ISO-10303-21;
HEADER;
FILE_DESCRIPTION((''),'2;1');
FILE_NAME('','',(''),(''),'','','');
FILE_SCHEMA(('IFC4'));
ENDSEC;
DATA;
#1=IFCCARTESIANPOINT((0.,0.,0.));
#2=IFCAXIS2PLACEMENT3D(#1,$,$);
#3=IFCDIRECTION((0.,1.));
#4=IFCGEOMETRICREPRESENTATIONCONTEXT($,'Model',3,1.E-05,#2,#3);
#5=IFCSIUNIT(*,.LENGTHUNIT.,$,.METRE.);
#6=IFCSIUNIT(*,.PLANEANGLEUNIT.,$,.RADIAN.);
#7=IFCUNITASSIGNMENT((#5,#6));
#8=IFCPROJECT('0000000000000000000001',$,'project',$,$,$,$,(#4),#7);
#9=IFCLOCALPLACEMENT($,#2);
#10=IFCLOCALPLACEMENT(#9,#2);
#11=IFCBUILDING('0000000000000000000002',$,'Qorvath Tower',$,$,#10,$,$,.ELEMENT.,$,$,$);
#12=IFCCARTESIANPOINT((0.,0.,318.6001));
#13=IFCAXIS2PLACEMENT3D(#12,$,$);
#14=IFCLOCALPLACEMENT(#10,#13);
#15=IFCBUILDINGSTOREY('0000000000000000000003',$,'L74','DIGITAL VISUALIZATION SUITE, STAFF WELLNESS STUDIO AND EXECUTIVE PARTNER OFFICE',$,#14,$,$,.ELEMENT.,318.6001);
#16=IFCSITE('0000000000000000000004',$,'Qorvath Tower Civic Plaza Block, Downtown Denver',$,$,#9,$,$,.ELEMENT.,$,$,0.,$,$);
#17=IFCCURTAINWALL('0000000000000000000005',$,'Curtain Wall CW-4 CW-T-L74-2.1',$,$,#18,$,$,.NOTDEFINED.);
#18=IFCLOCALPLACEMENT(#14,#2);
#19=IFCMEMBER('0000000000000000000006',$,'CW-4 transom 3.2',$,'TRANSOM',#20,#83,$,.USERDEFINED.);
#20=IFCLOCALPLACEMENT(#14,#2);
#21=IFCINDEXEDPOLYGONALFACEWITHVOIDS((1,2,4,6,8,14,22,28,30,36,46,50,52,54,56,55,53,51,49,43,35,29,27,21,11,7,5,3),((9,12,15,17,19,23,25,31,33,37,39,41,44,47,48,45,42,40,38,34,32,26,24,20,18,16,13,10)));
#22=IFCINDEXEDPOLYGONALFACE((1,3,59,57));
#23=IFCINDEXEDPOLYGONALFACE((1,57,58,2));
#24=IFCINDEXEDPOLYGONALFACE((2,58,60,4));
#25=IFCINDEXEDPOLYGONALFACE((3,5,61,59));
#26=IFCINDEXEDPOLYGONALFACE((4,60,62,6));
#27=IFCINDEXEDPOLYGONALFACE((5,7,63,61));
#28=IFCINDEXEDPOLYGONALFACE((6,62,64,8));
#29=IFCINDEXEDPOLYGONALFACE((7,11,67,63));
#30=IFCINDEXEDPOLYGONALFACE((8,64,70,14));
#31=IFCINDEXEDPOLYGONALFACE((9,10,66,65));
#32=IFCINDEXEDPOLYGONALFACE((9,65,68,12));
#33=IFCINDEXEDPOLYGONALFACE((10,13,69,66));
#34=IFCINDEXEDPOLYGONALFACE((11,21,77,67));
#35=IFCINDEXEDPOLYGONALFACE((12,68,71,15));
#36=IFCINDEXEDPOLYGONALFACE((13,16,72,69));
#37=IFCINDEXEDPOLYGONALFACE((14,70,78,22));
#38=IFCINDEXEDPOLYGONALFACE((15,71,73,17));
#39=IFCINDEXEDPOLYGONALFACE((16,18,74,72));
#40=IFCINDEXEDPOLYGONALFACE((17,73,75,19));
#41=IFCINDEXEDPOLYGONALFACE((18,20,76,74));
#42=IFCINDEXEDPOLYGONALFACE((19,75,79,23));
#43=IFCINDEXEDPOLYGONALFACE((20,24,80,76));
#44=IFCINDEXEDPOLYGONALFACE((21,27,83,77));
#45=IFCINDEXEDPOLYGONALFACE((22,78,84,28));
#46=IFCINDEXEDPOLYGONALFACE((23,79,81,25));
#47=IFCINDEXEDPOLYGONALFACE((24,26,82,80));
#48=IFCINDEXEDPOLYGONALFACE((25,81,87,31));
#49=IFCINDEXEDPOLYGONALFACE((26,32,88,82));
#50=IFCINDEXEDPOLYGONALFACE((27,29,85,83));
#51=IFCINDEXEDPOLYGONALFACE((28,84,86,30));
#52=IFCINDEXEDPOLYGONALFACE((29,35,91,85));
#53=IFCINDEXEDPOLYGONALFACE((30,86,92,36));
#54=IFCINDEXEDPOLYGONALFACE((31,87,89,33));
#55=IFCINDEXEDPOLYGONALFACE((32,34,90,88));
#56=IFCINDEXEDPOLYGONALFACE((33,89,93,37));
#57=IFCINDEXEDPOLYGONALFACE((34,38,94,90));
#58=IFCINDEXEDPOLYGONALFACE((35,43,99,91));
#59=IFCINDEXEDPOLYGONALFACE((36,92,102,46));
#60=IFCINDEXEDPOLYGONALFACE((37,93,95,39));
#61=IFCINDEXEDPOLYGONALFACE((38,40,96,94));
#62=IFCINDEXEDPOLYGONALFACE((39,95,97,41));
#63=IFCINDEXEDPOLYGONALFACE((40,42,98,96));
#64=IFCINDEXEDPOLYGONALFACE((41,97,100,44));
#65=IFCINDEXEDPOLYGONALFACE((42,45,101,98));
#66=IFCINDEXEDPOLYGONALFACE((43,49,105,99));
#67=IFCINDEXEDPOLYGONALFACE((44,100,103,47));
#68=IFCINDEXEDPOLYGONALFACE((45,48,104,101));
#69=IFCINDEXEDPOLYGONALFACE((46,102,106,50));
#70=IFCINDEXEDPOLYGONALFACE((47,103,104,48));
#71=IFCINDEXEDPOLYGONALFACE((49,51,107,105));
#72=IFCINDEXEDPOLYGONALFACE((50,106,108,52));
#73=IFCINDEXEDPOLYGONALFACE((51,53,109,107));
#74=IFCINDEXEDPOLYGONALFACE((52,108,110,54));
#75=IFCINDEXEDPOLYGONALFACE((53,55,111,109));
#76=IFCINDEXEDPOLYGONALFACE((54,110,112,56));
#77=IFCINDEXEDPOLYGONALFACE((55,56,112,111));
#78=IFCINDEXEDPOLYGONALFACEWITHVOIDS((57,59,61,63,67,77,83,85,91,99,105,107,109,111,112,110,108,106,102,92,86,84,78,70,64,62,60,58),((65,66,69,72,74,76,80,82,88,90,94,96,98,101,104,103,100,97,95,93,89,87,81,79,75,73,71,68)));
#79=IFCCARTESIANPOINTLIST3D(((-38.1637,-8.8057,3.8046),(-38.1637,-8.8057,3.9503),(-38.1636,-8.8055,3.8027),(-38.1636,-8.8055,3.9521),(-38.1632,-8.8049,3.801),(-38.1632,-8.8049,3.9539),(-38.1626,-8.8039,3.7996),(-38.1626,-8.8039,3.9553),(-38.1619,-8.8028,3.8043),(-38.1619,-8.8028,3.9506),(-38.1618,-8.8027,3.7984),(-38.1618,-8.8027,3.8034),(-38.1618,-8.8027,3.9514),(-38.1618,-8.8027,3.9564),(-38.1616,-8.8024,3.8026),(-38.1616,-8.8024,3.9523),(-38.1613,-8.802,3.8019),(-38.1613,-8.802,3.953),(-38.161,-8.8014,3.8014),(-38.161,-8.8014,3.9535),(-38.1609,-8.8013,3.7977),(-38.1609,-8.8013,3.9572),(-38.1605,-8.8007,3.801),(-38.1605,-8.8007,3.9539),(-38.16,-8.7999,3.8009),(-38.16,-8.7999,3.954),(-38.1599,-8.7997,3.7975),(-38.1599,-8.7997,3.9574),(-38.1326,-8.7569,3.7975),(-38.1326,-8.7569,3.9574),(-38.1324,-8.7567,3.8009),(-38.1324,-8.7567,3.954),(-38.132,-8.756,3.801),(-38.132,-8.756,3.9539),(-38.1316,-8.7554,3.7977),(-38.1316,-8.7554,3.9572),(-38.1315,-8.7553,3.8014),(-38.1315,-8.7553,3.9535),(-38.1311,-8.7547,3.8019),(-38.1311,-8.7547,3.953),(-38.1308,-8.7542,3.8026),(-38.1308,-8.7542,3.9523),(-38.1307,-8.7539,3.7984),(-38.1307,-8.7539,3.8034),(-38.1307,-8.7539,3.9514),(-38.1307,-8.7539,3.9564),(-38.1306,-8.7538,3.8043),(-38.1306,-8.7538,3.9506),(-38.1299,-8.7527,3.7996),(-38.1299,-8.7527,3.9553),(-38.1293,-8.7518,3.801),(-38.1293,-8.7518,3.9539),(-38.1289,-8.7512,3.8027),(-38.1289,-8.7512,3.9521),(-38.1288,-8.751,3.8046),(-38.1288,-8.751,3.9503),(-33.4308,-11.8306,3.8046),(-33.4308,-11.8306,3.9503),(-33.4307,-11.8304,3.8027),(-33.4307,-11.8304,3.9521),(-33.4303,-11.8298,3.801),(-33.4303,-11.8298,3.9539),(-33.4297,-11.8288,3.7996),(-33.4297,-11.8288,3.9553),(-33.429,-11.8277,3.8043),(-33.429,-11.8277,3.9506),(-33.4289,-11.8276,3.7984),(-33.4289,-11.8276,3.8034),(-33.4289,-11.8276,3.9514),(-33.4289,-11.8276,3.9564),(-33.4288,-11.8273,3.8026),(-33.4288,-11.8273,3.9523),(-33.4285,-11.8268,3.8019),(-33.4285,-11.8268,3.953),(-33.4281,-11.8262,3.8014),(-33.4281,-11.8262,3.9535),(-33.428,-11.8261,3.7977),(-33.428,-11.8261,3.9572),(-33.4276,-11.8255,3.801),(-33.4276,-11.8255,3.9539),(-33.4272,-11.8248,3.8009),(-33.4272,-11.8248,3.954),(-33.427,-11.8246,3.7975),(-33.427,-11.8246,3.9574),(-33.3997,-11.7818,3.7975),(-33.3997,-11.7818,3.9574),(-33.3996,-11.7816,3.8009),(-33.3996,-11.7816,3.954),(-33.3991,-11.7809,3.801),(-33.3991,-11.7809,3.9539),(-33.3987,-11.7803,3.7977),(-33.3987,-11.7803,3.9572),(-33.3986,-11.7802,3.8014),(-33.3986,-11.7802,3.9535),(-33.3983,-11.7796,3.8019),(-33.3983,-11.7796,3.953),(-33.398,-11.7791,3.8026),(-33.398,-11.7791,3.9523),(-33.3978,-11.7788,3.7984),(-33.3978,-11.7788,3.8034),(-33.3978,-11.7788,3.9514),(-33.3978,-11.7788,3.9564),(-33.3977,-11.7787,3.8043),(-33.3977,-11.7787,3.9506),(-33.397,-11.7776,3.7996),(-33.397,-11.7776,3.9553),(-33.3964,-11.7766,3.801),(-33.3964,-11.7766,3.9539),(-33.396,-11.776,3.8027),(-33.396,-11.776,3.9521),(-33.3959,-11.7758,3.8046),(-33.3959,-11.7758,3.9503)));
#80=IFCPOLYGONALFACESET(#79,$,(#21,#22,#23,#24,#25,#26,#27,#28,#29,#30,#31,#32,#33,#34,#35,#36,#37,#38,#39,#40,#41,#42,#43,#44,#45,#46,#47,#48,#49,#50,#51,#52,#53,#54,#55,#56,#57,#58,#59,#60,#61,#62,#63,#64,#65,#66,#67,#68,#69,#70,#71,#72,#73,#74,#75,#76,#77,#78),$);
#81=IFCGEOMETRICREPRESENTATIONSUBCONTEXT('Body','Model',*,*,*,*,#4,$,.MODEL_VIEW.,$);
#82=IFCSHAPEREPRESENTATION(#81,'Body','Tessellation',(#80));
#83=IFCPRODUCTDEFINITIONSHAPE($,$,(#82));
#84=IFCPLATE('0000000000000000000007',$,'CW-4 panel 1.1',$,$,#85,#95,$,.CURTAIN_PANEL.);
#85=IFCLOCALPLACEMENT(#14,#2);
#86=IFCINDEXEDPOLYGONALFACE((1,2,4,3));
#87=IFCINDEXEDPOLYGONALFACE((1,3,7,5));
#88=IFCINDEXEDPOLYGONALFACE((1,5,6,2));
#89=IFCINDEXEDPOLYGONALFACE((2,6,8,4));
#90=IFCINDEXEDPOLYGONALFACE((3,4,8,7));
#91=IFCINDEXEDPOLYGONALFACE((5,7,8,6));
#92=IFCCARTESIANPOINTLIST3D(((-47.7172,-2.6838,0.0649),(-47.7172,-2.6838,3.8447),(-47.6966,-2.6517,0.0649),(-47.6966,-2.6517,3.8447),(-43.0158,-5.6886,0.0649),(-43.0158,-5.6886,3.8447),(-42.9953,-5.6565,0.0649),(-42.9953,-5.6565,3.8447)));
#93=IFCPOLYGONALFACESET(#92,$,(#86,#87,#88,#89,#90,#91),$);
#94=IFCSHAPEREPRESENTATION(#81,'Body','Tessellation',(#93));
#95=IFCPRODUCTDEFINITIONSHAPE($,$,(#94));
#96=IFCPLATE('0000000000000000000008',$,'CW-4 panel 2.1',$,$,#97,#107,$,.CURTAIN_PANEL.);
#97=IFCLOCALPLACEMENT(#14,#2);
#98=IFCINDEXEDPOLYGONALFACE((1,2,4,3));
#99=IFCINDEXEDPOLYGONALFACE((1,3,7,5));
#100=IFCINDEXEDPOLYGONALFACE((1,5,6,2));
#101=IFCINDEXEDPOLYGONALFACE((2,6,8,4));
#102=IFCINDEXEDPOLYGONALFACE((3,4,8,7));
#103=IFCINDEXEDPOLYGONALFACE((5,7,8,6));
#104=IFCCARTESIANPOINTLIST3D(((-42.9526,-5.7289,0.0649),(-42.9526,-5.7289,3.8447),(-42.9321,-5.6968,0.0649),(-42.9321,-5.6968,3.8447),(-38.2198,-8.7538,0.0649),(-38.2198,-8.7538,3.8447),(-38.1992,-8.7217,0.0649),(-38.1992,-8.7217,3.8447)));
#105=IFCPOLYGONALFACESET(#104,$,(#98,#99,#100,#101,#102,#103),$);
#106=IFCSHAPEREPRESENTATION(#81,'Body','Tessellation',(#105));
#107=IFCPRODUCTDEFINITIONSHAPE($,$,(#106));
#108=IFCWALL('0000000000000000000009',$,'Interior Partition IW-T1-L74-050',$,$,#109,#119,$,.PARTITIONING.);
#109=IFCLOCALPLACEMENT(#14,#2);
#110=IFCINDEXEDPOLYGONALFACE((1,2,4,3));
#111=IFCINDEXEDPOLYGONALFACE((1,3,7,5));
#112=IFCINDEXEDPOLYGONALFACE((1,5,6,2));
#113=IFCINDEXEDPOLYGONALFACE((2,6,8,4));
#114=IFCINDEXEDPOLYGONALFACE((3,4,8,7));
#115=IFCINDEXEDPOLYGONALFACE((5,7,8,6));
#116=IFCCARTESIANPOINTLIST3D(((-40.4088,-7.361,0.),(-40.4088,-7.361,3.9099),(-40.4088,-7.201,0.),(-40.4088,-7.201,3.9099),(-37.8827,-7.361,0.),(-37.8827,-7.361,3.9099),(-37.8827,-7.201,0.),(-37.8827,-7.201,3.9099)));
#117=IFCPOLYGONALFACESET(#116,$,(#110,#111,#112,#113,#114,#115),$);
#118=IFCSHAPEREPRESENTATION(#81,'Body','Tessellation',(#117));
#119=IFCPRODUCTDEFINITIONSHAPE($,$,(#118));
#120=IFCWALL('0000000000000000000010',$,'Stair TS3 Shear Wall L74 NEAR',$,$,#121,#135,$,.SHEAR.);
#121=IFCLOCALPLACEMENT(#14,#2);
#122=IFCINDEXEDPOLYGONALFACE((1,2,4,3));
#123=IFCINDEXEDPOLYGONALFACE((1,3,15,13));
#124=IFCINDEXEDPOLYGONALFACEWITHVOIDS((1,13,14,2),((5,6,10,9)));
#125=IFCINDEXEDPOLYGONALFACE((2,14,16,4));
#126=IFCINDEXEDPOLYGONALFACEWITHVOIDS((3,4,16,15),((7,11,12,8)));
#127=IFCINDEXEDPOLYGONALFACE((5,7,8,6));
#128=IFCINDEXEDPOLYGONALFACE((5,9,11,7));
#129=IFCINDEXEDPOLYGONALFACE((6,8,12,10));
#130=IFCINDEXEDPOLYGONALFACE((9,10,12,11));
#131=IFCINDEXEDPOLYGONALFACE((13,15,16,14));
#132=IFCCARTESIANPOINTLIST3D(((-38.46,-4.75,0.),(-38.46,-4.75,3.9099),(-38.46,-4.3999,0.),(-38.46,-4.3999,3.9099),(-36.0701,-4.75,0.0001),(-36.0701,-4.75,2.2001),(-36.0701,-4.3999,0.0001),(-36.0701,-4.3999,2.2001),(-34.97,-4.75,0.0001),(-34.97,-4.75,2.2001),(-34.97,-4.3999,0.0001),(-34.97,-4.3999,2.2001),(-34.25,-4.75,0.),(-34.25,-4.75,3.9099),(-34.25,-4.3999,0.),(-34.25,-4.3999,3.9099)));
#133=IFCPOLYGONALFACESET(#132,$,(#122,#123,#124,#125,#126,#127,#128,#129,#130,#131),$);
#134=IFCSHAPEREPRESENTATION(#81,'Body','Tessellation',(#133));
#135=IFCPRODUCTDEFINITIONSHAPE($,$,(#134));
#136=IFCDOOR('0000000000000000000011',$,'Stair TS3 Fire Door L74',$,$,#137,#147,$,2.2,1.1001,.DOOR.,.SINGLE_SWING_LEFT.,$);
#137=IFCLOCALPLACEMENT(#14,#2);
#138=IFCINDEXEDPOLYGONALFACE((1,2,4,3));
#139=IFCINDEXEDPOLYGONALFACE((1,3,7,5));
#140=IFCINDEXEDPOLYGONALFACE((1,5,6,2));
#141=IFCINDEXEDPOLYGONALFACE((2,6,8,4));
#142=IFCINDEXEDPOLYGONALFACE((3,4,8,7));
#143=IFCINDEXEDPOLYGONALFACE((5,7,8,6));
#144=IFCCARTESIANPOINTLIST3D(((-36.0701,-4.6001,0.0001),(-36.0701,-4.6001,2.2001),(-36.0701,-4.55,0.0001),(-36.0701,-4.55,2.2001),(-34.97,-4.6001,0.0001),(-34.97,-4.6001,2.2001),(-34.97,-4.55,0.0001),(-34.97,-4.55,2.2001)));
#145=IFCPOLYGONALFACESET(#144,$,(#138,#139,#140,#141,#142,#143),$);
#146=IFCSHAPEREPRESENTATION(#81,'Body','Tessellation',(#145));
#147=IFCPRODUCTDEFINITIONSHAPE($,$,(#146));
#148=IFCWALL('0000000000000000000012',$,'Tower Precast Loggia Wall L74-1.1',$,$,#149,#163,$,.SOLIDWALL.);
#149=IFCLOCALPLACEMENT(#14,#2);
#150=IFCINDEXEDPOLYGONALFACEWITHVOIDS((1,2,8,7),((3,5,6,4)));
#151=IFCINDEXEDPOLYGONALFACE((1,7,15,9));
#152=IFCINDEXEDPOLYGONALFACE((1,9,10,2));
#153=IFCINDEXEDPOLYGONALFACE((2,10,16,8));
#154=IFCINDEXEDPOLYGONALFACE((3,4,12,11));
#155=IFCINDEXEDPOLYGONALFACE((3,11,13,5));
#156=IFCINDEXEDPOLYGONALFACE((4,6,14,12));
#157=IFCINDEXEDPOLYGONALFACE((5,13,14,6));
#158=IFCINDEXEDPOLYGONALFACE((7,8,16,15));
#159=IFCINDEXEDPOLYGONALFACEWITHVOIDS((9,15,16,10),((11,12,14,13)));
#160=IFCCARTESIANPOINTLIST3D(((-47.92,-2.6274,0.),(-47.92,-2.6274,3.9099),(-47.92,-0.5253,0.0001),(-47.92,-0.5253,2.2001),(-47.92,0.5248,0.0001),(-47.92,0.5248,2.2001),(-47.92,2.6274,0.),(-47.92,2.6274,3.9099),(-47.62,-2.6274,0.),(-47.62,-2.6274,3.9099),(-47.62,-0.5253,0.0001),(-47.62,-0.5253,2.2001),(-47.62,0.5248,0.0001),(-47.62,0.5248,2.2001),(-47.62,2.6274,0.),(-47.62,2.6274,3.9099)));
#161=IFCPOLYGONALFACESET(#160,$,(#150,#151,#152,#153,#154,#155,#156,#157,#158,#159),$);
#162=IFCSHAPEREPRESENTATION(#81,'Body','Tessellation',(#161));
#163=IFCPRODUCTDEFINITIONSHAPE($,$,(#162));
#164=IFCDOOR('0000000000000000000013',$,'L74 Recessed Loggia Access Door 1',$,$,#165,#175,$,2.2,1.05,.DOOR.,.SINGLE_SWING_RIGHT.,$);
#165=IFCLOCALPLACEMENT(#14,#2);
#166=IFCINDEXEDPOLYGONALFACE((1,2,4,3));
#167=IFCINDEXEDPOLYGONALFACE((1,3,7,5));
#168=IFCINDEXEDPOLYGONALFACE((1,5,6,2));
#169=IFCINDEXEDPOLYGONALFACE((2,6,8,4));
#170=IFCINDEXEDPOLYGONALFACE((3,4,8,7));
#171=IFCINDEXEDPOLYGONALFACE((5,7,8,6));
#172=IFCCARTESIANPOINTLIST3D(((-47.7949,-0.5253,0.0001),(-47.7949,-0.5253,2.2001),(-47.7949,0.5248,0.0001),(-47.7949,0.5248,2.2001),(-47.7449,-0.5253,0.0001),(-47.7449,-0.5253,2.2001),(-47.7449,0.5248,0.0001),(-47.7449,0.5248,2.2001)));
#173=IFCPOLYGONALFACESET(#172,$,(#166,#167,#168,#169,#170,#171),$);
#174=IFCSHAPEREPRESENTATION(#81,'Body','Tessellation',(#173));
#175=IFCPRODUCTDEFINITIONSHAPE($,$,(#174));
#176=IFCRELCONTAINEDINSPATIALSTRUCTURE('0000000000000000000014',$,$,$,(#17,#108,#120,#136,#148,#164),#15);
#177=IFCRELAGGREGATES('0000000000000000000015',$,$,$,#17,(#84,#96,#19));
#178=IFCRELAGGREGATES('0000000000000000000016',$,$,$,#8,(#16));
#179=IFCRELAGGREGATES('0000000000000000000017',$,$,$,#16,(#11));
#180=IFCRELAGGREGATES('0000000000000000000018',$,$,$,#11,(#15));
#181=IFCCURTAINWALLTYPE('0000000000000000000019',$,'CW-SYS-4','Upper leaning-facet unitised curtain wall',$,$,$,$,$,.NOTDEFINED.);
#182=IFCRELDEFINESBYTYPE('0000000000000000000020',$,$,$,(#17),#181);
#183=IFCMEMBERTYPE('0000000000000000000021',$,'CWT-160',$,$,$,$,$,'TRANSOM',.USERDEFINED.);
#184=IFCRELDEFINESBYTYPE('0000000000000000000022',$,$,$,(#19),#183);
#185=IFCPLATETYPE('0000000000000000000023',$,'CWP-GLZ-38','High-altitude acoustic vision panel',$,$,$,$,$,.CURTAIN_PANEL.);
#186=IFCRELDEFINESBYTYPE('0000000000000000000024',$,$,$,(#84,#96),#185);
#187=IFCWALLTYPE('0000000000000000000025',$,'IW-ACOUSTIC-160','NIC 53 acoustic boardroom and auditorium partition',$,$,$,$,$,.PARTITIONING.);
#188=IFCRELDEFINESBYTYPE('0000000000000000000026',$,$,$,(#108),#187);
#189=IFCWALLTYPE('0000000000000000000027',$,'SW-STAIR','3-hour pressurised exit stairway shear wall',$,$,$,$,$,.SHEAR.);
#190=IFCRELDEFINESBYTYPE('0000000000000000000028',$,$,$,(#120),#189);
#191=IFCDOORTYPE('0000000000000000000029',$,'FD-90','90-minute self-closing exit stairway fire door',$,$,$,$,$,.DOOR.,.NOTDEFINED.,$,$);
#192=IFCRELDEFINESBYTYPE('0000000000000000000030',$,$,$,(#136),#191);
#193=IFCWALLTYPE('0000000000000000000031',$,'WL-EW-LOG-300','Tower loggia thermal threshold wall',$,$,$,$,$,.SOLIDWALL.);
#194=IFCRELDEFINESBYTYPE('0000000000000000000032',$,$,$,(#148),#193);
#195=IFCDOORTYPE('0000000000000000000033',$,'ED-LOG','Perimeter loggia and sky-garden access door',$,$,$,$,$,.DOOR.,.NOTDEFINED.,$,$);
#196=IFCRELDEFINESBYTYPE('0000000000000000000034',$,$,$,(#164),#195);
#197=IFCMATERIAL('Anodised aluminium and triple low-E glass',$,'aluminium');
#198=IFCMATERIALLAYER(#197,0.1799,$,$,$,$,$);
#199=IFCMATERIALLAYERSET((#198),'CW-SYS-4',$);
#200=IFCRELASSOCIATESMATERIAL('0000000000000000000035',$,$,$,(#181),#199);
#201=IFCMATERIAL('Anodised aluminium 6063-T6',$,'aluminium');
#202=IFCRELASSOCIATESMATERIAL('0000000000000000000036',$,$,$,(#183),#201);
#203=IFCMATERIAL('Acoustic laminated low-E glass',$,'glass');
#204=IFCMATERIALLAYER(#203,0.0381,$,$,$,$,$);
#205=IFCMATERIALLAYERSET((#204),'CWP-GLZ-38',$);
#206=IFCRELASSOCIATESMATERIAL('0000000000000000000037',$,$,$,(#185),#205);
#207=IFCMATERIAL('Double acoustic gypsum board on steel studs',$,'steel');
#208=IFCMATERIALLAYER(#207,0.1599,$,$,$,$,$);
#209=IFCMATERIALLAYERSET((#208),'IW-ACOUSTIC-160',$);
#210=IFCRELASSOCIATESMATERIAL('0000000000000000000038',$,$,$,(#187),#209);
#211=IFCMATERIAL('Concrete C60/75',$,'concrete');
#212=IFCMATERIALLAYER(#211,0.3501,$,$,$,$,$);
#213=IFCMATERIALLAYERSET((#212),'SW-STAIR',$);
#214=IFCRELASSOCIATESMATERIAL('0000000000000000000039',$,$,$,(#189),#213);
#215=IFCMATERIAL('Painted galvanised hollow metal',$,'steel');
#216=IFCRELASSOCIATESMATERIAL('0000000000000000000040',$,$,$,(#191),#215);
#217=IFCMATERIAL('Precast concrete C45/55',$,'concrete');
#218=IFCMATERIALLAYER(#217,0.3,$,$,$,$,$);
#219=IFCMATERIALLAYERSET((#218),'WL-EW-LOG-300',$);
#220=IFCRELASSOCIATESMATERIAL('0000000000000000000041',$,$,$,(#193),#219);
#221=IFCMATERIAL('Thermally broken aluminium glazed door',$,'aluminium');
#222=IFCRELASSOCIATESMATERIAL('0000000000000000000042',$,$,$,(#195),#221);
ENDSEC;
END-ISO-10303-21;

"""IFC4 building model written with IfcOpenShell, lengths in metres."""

from ifc_helpers import new_model, si_unit, direction, frame, frame_2d, origin, origin_2d, place, context, subcontext, project, spatial, rectangle, hollow_rectangle, extrude, material, layer, layer_set, material_profile, profile_set, type_object, element, fill, aggregate, save


model = new_model("IFC4")

# Units and contexts
model_context = context("Model", 3, precision=1e-05, world=origin(), true_north=direction((0.0, 1.0)))
body_context = subcontext(model_context, "Body", "Model", "MODEL_VIEW")
ifc_project = project(units=[si_unit("LENGTHUNIT", "METRE"), si_unit("PLANEANGLEUNIT", "RADIAN")], contexts=[model_context])

# Site, building, storey
site_placement = place(None, origin())
site = spatial("IfcSite", under=ifc_project, at=site_placement, Name="Qorvath Tower Civic Plaza Block, Downtown Denver", CompositionType="ELEMENT", RefElevation=0.0)
building_placement = place(site_placement, origin())
building = spatial("IfcBuilding", under=site, at=building_placement, Name="Qorvath Tower", CompositionType="ELEMENT")
storey_placement = place(building_placement, frame((0.0, 0.0, 318.6001)))
storey = spatial("IfcBuildingStorey", under=building, at=storey_placement, Name="L74", Description="DIGITAL VISUALIZATION SUITE, STAFF WELLNESS STUDIO AND EXECUTIVE PARTNER OFFICE", CompositionType="ELEMENT", Elevation=318.6001)

# Curtain wall, member, plates
ifc_material_1 = material(Name="Anodised aluminium and triple low-E glass", Category="aluminium")
ifc_layer_1 = layer(ifc_material_1, 0.1799)
ifc_layer_set_1 = layer_set([ifc_layer_1], Name="CW-SYS-4")
curtain_wall_type = type_object("IfcCurtainWallType", Name="CW-SYS-4", Description="Upper leaning-facet unitised curtain wall", PredefinedType="NOTDEFINED", material=ifc_layer_set_1)
curtain_wall_placement = place(storey_placement, origin())
curtain_wall = element("IfcCurtainWall", 1, at=curtain_wall_placement, inside=storey, type_object=curtain_wall_type, Name="Curtain Wall CW-4 CW-T-L74-2.1", PredefinedType="NOTDEFINED")
ifc_material_2 = material(Name="Anodised aluminium 6063-T6", Category="aluminium")
ifc_material_profile_1 = material_profile(ifc_material_2, hollow_rectangle(XDim=0.0649, YDim=0.1599, WallThickness=0.0034, InnerFilletRadius=0.0034, OuterFilletRadius=0.0071, at=origin_2d()), Name="CWT 160x65")
ifc_profile_set_1 = profile_set([ifc_material_profile_1], Name="Anodised aluminium 6063-T6")
member_type_1 = type_object("IfcMemberType", Name="CWT-160", ElementType="TRANSOM", PredefinedType="USERDEFINED", material=ifc_profile_set_1)
member_1_placement = place(storey_placement, frame((-38.1462, -8.7783, 3.8774), z_axis=(0.842608, -0.538528, 0.0), x_axis=(0.538528, 0.842608, 0.0)))
member_1 = element("IfcMember", 2, at=member_1_placement, type_object=member_type_1, Name="CW-4 transom 3.2", ObjectType="TRANSOM", PredefinedType="USERDEFINED", context=body_context, shape_type="SweptSolid", body=[
    extrude(hollow_rectangle(XDim=0.0649, YDim=0.1599, WallThickness=0.0034, InnerFilletRadius=0.0034, OuterFilletRadius=0.0071, at=origin_2d()), origin(), (0.0, 0.0, 1.0), 5.6169),
])
ifc_material_3 = material(Name="Acoustic laminated low-E glass", Category="glass")
ifc_layer_2 = layer(ifc_material_3, 0.0381)
ifc_layer_set_2 = layer_set([ifc_layer_2], Name="CWP-GLZ-38")
plate_type = type_object("IfcPlateType", Name="CWP-GLZ-38", Description="High-altitude acoustic vision panel", PredefinedType="CURTAIN_PANEL", material=ifc_layer_set_2)
plate_1_placement = place(storey_placement, frame((-45.3562, -4.1702, 0.0649), z_axis=(0.0, 0.0, 1.0), x_axis=(0.842605, -0.538532, 0.0)))
plate_1 = element("IfcPlate", 3, at=plate_1_placement, type_object=plate_type, Name="CW-4 panel 1.1", PredefinedType="CURTAIN_PANEL", context=body_context, shape_type="SweptSolid", body=[
    extrude(rectangle(XDim=5.5796, YDim=0.0381, at=origin_2d()), origin(), (0.0, 0.0, 1.0), 3.7798),
])
plate_2_placement = place(storey_placement, frame((-40.5759, -7.2253, 0.0649), z_axis=(0.0, 0.0, 1.0), x_axis=(0.842605, -0.538532, 0.0)))
plate_2 = element("IfcPlate", 4, at=plate_2_placement, type_object=plate_type, Name="CW-4 panel 2.1", PredefinedType="CURTAIN_PANEL", context=body_context, shape_type="SweptSolid", body=[
    extrude(rectangle(XDim=5.6169, YDim=0.0381, at=origin_2d()), origin(), (0.0, 0.0, 1.0), 3.7798),
])
aggregate(curtain_wall, [plate_1, plate_2, member_1])

# Shared definitions
ifc_material_4 = material(Name="Double acoustic gypsum board on steel studs", Category="steel")
ifc_layer_3 = layer(ifc_material_4, 0.1599)
ifc_layer_set_3 = layer_set([ifc_layer_3], Name="IW-ACOUSTIC-160")
wall_type_1 = type_object("IfcWallType", Name="IW-ACOUSTIC-160", Description="NIC 53 acoustic boardroom and auditorium partition", PredefinedType="PARTITIONING", material=ifc_layer_set_3)

# Wall
wall_1_placement = place(storey_placement, frame((-40.4089, -7.281, 0.0), z_axis=(0.0, 0.0, 1.0), x_axis=(1.0, 0.0, 0.0)))
element("IfcWall", 5, at=wall_1_placement, inside=storey, type_object=wall_type_1, Name="Interior Partition IW-T1-L74-050", PredefinedType="PARTITIONING", context=body_context, shape_type="SweptSolid", body=[
    extrude(rectangle(XDim=2.5261, YDim=0.1599, at=frame_2d((1.2632, 0.0))), origin(), (0.0, 0.0, 1.0), 3.9099),
])

# Walls, openings, doors
ifc_material_5 = material(Name="Concrete C60/75", Category="concrete")
ifc_layer_4 = layer(ifc_material_5, 0.3501)
ifc_layer_set_4 = layer_set([ifc_layer_4], Name="SW-STAIR")
wall_type_2 = type_object("IfcWallType", Name="SW-STAIR", Description="3-hour pressurised exit stairway shear wall", PredefinedType="SHEAR", material=ifc_layer_set_4)
wall_2_placement = place(storey_placement, frame((-38.46, -4.575, 0.0), z_axis=(0.0, 0.0, 1.0), x_axis=(1.0, 0.0, 0.0)))
wall_2 = element("IfcWall", 6, at=wall_2_placement, inside=storey, type_object=wall_type_2, Name="Stair TS3 Shear Wall L74 NEAR", PredefinedType="SHEAR", context=body_context, shape_type="SweptSolid", body=[
    extrude(rectangle(XDim=4.21, YDim=0.3501, at=frame_2d((2.105, 0.0))), origin(), (0.0, 0.0, 1.0), 3.9099),
])
opening_1_placement = place(wall_2_placement, frame((2.3899, 0.0, 0.0)))
opening_1 = element("IfcOpeningElement", 7, at=opening_1_placement, cuts=wall_2, PredefinedType="OPENING", context=body_context, shape_type="SweptSolid", body=[
    extrude(rectangle(XDim=1.1001, YDim=2.2, at=frame_2d((0.55, 1.1001))), frame((0.0, 0.1851, 0.0), z_axis=(0.0, -1.0, 0.0), x_axis=(1.0, 0.0, 0.0)), (0.0, 0.0, 1.0), 0.3701),
])
ifc_material_6 = material(Name="Painted galvanised hollow metal", Category="steel")
door_type_1 = type_object("IfcDoorType", Name="FD-90", Description="90-minute self-closing exit stairway fire door", OperationType="NOTDEFINED", PredefinedType="DOOR", material=ifc_material_6)
door_1_placement = place(opening_1_placement, origin())
door_1 = element("IfcDoor", 8, at=door_1_placement, inside=storey, type_object=door_type_1, Name="Stair TS3 Fire Door L74", OperationType="SINGLE_SWING_LEFT", OverallHeight=2.2, OverallWidth=1.1001, PredefinedType="DOOR", context=body_context, shape_type="SweptSolid", body=[
    extrude(rectangle(XDim=1.1001, YDim=2.2, at=frame_2d((0.55, 1.1001))), frame((0.0, 0.0249, 0.0), z_axis=(0.0, -1.0, 0.0), x_axis=(1.0, 0.0, 0.0)), (0.0, 0.0, 1.0), 0.05),
])
fill(opening_1, door_1)
ifc_material_7 = material(Name="Precast concrete C45/55", Category="concrete")
ifc_layer_5 = layer(ifc_material_7, 0.3)
ifc_layer_set_5 = layer_set([ifc_layer_5], Name="WL-EW-LOG-300")
wall_type_3 = type_object("IfcWallType", Name="WL-EW-LOG-300", Description="Tower loggia thermal threshold wall", PredefinedType="SOLIDWALL", material=ifc_layer_set_5)
wall_3_placement = place(storey_placement, frame((-47.77, -2.6274, 0.0), z_axis=(0.0, 0.0, 1.0), x_axis=(0.0, 1.0, 0.0)))
wall_3 = element("IfcWall", 9, at=wall_3_placement, inside=storey, type_object=wall_type_3, Name="Tower Precast Loggia Wall L74-1.1", PredefinedType="SOLIDWALL", context=body_context, shape_type="SweptSolid", body=[
    extrude(rectangle(XDim=5.2549, YDim=0.3, at=frame_2d((2.6274, 0.0))), origin(), (0.0, 0.0, 1.0), 3.9099),
])
opening_2_placement = place(wall_3_placement, frame((2.1023, 0.0, 0.0)))
opening_2 = element("IfcOpeningElement", 10, at=opening_2_placement, cuts=wall_3, PredefinedType="OPENING", context=body_context, shape_type="SweptSolid", body=[
    extrude(rectangle(XDim=1.05, YDim=2.2, at=frame_2d((0.5249, 1.1001))), frame((0.0, 0.1602, 0.0), z_axis=(0.0, -1.0, 0.0), x_axis=(1.0, 0.0, 0.0)), (0.0, 0.0, 1.0), 0.3201),
])
ifc_material_8 = material(Name="Thermally broken aluminium glazed door", Category="aluminium")
door_type_2 = type_object("IfcDoorType", Name="ED-LOG", Description="Perimeter loggia and sky-garden access door", OperationType="NOTDEFINED", PredefinedType="DOOR", material=ifc_material_8)
door_2_placement = place(opening_2_placement, origin())
door_2 = element("IfcDoor", 11, at=door_2_placement, inside=storey, type_object=door_type_2, Name="L74 Recessed Loggia Access Door 1", OperationType="SINGLE_SWING_RIGHT", OverallHeight=2.2, OverallWidth=1.05, PredefinedType="DOOR", context=body_context, shape_type="SweptSolid", body=[
    extrude(rectangle(XDim=1.05, YDim=2.2, at=frame_2d((0.5249, 1.1001))), frame((0.0, 0.0249, 0.0), z_axis=(0.0, -1.0, 0.0), x_axis=(1.0, 0.0, 0.0)), (0.0, 0.0, 1.0), 0.05),
])
fill(opening_2, door_2)

save(model, "model.ifc")
